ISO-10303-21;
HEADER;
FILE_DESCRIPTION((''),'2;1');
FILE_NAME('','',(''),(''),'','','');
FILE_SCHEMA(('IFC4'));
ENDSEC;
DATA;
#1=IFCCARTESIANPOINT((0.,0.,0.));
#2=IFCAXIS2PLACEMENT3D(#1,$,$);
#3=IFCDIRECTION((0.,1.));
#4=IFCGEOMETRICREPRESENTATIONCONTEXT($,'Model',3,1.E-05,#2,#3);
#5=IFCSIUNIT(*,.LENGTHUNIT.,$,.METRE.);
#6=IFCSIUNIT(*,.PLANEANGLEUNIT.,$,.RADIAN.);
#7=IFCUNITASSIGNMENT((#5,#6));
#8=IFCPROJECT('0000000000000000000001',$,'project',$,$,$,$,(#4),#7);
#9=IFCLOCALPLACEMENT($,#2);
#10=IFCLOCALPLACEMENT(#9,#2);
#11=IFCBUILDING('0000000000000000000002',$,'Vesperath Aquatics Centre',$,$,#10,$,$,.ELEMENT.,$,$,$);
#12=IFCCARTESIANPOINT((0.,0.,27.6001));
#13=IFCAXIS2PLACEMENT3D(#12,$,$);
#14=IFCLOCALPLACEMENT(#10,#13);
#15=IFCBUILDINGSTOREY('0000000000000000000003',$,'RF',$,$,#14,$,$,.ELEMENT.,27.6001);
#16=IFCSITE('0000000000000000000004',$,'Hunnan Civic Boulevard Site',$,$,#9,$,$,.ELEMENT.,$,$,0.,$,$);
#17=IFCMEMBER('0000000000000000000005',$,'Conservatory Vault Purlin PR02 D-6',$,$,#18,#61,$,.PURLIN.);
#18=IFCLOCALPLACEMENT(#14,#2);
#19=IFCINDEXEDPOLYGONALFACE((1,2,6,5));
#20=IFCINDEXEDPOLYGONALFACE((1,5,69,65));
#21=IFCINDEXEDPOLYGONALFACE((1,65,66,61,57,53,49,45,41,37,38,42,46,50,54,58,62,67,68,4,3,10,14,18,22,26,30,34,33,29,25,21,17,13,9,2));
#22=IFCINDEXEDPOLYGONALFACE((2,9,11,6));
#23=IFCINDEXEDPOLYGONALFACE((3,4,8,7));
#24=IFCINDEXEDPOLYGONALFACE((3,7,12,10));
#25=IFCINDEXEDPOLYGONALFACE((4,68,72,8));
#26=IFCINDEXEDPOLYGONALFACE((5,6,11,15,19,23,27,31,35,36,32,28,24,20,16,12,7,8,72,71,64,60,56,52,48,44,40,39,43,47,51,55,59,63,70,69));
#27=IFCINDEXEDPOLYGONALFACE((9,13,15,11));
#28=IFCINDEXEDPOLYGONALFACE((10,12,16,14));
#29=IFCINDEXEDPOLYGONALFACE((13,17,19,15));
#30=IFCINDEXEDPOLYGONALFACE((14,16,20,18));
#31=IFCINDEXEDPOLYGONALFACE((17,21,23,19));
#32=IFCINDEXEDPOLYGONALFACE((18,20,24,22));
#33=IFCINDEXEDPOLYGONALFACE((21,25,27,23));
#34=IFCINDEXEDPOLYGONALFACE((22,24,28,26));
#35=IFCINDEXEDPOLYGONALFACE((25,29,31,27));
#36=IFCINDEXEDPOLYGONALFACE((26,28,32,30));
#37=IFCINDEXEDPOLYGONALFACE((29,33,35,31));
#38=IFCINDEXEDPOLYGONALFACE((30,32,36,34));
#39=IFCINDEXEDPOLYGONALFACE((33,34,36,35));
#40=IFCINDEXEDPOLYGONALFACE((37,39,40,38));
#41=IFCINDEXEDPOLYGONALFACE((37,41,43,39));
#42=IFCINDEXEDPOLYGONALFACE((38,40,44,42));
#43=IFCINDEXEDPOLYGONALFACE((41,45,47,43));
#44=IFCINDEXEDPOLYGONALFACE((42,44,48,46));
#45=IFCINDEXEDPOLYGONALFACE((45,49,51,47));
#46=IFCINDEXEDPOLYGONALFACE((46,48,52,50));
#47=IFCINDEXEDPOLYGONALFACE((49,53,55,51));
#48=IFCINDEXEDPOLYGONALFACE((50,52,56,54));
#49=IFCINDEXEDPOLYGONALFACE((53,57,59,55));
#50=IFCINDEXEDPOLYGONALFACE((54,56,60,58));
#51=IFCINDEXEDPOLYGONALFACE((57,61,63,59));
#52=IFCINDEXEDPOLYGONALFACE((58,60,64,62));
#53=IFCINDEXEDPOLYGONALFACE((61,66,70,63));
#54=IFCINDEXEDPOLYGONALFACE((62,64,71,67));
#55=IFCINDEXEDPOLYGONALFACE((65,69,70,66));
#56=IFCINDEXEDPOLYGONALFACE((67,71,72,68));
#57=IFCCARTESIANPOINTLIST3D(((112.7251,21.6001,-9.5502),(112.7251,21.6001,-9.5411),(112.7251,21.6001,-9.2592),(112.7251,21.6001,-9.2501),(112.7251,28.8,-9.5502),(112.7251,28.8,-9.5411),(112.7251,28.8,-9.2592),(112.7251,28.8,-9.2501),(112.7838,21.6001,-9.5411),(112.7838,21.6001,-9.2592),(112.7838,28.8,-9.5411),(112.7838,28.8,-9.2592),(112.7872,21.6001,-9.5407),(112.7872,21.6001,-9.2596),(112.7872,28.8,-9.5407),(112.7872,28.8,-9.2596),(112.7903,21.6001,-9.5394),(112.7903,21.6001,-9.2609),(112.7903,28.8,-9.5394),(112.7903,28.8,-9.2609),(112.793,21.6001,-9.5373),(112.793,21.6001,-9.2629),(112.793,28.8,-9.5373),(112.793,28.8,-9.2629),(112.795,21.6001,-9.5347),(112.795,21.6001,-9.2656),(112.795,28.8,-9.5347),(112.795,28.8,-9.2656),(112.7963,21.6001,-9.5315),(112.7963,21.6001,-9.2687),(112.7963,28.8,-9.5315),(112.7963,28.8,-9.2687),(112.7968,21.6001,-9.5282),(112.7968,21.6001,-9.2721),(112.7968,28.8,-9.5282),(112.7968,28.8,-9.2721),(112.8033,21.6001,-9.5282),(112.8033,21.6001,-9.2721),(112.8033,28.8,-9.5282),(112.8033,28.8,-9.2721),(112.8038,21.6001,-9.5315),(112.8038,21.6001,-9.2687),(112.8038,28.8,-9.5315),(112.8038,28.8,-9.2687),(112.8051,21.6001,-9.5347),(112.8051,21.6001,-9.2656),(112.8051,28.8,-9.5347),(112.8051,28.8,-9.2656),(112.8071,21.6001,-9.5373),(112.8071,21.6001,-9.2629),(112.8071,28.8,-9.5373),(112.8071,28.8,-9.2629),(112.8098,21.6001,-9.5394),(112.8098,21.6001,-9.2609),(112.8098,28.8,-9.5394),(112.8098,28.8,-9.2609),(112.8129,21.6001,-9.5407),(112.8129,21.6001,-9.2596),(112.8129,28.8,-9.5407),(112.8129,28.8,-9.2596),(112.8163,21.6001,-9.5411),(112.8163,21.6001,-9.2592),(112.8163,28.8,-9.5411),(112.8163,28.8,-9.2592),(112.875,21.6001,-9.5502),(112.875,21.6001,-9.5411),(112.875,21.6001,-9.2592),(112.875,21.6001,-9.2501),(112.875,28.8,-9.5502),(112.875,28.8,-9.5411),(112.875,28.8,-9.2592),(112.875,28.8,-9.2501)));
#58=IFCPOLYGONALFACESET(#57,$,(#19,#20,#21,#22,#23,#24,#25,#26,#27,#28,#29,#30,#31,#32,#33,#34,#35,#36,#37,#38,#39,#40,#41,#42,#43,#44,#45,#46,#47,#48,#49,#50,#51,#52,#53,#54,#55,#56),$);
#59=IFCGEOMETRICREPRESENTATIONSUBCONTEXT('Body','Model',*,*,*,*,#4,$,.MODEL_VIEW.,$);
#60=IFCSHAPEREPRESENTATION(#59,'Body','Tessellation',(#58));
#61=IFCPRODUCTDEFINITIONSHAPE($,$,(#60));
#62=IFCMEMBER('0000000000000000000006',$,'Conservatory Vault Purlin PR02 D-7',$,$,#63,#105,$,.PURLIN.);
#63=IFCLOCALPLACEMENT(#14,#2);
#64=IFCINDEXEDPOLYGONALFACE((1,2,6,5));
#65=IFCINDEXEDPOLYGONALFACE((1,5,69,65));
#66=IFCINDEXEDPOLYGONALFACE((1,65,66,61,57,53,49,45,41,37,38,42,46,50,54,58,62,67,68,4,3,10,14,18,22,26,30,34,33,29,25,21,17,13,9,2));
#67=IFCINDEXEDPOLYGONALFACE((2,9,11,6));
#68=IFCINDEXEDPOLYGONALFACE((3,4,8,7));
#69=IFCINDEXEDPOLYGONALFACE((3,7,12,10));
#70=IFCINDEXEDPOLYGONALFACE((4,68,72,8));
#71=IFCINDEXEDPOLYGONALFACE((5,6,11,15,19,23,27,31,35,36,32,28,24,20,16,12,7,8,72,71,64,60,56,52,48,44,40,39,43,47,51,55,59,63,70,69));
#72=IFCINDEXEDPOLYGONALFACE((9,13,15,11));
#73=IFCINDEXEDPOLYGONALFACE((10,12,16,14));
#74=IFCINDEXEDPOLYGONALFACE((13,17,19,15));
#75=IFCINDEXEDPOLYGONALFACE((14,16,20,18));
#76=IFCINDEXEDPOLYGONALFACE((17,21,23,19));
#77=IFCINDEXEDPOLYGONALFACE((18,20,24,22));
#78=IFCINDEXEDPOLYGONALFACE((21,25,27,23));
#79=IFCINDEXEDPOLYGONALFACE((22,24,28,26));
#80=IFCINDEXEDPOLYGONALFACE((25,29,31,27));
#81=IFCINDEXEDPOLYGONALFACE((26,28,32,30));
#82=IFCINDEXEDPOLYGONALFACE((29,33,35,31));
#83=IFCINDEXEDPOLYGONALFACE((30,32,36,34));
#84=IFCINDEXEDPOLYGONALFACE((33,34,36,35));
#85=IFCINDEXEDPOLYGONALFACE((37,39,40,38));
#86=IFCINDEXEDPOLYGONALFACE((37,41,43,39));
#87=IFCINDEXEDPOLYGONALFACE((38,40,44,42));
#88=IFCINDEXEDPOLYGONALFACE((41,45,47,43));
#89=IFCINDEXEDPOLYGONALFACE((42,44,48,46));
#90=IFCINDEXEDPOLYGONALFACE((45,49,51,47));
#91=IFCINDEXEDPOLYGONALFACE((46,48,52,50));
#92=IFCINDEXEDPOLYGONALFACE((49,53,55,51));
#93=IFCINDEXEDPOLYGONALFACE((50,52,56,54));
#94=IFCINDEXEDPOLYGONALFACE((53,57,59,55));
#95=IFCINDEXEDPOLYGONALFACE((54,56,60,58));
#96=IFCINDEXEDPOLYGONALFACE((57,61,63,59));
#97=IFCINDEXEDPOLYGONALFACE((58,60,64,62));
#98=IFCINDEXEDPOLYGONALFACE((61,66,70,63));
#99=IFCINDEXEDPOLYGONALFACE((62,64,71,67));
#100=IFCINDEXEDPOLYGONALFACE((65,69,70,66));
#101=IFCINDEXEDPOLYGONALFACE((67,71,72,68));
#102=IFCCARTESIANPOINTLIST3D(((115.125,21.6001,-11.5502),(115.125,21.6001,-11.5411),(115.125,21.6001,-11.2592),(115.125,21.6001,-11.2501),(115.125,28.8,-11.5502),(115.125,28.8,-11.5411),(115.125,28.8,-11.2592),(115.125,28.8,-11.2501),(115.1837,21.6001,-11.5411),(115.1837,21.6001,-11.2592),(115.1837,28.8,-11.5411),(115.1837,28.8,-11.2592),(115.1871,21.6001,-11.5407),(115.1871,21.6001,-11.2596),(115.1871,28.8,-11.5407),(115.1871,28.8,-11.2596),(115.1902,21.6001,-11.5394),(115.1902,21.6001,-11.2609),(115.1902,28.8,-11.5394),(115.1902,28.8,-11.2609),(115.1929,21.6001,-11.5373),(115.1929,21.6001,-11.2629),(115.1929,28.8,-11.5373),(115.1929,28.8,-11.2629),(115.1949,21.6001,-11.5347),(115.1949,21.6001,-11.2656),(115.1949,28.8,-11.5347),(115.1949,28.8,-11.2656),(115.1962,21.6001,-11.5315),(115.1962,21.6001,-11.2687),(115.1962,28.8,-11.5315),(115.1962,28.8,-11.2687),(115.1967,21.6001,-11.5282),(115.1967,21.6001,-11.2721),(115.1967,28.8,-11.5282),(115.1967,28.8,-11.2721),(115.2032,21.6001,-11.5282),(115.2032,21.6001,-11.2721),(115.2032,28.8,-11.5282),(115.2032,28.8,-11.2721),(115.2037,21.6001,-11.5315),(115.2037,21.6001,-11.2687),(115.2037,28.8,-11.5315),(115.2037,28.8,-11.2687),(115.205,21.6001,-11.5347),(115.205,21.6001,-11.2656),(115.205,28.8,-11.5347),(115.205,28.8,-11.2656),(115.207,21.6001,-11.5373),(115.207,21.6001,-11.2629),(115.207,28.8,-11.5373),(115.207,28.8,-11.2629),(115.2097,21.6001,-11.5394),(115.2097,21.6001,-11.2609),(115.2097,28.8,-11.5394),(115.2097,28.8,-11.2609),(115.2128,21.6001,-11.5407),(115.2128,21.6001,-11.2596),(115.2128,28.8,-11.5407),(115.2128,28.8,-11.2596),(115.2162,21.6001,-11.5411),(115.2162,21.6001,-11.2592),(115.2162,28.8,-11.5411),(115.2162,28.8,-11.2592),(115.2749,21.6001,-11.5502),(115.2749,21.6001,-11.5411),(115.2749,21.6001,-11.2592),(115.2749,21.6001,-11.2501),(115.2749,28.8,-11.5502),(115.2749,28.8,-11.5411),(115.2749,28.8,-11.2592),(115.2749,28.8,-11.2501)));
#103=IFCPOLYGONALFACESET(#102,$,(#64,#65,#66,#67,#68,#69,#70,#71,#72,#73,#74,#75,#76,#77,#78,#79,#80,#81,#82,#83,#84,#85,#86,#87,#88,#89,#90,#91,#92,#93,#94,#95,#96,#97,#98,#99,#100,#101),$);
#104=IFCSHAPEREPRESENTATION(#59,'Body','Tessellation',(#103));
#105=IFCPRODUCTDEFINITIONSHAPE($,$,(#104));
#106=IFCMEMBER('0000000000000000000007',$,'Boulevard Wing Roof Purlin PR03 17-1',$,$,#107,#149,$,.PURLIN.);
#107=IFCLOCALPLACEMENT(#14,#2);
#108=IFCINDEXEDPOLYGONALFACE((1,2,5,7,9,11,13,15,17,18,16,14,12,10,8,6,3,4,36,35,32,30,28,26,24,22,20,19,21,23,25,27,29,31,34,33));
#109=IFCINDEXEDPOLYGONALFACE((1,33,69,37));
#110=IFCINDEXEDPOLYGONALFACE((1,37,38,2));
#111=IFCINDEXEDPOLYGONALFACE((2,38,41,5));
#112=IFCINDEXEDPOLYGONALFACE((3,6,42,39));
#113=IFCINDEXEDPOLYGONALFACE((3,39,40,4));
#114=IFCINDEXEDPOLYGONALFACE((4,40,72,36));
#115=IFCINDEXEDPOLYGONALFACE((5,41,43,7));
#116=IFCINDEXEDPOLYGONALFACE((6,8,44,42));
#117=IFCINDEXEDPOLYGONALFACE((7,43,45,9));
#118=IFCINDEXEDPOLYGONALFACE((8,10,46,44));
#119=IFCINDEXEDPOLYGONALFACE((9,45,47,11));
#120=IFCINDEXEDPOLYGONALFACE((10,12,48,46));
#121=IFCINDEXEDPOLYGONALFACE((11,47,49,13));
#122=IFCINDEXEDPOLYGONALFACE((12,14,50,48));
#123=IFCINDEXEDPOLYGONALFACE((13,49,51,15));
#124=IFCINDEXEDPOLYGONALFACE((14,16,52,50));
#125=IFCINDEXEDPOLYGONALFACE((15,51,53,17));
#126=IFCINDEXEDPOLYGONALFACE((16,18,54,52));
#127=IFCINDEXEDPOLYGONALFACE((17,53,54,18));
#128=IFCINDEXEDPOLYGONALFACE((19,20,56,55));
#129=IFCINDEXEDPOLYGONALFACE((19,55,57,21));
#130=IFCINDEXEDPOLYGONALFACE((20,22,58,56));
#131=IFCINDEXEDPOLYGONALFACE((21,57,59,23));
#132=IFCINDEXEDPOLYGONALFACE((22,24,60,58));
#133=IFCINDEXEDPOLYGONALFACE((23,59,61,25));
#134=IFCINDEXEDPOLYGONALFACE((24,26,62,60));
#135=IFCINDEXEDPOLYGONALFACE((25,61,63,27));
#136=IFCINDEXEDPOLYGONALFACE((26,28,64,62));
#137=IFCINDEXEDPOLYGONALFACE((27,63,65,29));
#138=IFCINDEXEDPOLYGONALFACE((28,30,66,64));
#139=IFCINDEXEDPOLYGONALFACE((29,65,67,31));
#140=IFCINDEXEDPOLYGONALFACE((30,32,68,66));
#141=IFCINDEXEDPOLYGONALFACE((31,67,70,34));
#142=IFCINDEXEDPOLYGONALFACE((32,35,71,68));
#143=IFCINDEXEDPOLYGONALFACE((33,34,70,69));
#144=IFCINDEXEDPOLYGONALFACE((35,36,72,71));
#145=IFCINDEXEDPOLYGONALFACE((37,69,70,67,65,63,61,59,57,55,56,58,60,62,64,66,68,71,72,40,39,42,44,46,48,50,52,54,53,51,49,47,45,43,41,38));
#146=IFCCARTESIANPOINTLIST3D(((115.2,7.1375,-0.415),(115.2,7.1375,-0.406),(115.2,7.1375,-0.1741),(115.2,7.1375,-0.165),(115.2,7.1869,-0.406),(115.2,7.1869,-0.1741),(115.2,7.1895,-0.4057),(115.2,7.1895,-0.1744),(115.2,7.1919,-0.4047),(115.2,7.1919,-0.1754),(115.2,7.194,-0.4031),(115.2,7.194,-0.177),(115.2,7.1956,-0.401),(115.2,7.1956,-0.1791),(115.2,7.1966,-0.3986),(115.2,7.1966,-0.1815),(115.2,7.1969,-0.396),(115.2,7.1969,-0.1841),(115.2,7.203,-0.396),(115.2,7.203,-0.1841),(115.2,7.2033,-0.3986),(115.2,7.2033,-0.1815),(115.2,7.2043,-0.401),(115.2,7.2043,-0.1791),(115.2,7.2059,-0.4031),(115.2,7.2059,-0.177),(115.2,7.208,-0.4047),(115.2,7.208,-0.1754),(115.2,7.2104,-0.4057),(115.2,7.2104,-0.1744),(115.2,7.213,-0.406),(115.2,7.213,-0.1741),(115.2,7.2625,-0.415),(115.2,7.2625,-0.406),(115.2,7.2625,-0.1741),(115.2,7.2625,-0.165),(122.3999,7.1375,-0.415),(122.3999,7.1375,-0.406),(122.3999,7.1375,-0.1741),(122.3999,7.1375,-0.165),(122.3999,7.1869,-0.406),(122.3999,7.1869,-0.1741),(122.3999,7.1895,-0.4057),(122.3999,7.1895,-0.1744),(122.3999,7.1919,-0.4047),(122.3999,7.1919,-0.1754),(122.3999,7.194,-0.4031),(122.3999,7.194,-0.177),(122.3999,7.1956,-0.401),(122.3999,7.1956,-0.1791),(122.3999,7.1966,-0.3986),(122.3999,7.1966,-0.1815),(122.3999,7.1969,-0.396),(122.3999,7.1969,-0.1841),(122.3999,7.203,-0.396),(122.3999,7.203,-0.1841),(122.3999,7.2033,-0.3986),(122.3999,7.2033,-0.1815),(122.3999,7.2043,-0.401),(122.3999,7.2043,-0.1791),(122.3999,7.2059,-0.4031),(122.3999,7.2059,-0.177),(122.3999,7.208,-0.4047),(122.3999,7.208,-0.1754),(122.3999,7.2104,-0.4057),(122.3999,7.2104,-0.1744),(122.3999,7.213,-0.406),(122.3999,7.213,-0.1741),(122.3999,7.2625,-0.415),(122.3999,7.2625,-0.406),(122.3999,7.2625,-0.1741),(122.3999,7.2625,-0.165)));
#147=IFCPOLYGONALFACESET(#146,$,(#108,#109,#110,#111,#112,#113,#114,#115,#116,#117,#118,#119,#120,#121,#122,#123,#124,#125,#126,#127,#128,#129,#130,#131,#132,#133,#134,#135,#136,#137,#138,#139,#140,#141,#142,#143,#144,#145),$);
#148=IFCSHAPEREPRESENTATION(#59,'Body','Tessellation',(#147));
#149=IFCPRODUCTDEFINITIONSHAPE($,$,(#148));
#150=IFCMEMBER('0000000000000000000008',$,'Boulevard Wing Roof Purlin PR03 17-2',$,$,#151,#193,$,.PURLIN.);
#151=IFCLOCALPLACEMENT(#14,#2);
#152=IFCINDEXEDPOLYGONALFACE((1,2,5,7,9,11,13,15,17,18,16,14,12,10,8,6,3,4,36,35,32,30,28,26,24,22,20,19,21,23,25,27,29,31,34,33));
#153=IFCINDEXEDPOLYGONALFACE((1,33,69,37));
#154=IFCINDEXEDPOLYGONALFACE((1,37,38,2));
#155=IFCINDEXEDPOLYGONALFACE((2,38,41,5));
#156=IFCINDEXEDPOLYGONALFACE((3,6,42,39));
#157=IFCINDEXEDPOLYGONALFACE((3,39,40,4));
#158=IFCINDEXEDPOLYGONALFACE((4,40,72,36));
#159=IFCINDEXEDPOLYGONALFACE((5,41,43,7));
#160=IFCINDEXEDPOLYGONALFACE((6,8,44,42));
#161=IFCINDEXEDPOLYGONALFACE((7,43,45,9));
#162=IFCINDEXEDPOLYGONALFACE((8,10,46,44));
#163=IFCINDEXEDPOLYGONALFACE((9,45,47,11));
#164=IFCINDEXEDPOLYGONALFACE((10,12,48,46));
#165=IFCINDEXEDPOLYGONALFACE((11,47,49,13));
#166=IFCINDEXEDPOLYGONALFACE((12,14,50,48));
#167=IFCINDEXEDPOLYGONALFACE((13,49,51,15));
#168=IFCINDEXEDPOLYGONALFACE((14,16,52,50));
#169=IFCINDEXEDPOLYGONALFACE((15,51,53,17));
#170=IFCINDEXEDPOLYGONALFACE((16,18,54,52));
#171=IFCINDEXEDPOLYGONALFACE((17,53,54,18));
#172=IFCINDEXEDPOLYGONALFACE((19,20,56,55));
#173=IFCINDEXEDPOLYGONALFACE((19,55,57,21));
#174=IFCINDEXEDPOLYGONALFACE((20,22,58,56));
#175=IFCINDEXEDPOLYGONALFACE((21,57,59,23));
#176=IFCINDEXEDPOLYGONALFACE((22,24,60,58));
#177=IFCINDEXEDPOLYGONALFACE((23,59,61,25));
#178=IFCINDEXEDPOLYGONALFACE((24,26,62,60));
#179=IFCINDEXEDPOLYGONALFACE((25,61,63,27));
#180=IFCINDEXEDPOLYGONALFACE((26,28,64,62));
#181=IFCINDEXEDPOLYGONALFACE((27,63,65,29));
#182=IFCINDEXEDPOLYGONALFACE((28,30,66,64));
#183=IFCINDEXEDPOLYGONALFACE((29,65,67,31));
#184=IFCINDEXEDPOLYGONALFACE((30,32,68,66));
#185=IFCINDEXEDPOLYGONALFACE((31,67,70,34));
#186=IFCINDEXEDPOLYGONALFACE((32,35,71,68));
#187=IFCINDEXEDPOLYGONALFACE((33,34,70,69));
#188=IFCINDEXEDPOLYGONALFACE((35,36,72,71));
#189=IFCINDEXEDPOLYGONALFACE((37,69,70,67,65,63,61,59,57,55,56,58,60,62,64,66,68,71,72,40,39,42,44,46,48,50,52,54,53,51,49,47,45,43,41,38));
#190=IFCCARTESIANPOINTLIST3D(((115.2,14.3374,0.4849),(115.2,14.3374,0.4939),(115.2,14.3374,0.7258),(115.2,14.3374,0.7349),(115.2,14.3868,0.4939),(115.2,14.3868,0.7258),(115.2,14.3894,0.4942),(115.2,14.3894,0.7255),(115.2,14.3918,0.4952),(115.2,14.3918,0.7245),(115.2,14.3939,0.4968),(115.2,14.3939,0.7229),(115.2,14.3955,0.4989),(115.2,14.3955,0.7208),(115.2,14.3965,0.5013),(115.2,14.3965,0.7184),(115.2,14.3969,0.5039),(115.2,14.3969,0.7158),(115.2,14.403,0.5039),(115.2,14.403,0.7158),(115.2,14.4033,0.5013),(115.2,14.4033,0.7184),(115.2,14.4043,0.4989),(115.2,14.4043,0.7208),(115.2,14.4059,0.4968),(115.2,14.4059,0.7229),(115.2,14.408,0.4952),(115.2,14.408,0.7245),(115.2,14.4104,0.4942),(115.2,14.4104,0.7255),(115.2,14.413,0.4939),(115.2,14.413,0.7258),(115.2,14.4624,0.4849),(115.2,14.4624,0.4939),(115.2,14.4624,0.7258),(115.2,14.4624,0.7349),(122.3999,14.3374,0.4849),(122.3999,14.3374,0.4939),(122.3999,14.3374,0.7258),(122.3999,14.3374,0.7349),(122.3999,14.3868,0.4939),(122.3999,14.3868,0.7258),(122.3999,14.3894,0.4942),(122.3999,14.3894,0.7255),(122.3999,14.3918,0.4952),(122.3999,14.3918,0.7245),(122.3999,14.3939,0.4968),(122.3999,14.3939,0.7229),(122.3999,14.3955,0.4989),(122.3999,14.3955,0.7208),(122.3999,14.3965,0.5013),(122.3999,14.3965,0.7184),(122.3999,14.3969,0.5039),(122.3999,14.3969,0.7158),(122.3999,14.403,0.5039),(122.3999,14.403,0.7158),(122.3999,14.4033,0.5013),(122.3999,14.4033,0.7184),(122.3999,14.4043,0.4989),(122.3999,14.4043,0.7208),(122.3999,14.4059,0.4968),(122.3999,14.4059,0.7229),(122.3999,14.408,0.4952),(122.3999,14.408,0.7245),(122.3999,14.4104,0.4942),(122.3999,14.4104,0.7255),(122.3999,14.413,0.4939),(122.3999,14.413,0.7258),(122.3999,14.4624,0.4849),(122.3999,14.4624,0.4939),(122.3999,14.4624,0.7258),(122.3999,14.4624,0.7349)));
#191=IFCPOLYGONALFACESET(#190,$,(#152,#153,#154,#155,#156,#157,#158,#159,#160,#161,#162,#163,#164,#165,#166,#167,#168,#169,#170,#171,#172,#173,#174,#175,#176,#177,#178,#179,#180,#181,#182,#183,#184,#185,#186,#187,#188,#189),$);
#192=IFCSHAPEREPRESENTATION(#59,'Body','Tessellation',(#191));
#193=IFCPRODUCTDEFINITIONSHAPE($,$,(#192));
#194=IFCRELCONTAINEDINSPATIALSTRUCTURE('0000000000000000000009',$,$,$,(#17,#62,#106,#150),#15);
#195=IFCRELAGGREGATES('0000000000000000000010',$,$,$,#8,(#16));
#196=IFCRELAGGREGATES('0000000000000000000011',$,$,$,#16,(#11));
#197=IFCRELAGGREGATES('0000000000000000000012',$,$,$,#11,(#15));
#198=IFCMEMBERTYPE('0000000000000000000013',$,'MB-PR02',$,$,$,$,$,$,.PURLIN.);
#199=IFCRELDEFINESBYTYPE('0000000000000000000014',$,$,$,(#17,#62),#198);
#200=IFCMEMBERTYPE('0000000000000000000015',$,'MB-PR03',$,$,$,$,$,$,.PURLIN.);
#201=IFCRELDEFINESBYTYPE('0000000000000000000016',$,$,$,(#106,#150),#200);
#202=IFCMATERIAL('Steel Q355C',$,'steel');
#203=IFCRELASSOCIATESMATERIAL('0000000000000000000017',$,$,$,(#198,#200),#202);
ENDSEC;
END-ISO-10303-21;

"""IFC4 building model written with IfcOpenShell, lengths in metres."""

from ifc_helpers import new_model, si_unit, direction, frame, origin, origin_2d, place, context, subcontext, project, spatial, i_section, extrude, material, material_profile, profile_set, type_object, element, save


model = new_model("IFC4")

# Units and contexts
model_context = context("Model", 3, precision=1e-05, world=origin(), true_north=direction((0.0, 1.0)))
body_context = subcontext(model_context, "Body", "Model", "MODEL_VIEW")
ifc_project = project(units=[si_unit("LENGTHUNIT", "METRE"), si_unit("PLANEANGLEUNIT", "RADIAN")], contexts=[model_context])

# Site, building, storey
site_placement = place(None, origin())
site = spatial("IfcSite", under=ifc_project, at=site_placement, Name="Hunnan Civic Boulevard Site", CompositionType="ELEMENT", RefElevation=0.0)
building_placement = place(site_placement, origin())
building = spatial("IfcBuilding", under=site, at=building_placement, Name="Vesperath Aquatics Centre", CompositionType="ELEMENT")
storey_placement = place(building_placement, frame((0.0, 0.0, 27.6001)))
storey = spatial("IfcBuildingStorey", under=building, at=storey_placement, Name="RF", CompositionType="ELEMENT", Elevation=27.6001)

# Shared definitions
ifc_material_1 = material(Name="Steel Q355C", Category="steel")

# Members
ifc_material_profile_1 = material_profile(ifc_material_1, i_section(OverallWidth=0.1499, OverallDepth=0.3, WebThickness=0.0066, FlangeThickness=0.009, FilletRadius=0.0129, at=origin_2d()), Name="HN 300x150x6.5x9")
ifc_profile_set_1 = profile_set([ifc_material_profile_1], Name="Steel Q355C")
member_type_1 = type_object("IfcMemberType", Name="MB-PR02", PredefinedType="PURLIN", material=ifc_profile_set_1)
for number, where, z_axis, x_axis, name in (
    (1, (112.8, 21.6001, -9.4001), (0.0, 1.0, 0.0), (-1.0, 0.0, 0.0), "Conservatory Vault Purlin PR02 D-6"),
    (2, (115.2, 21.6001, -11.4001), (0.0, 1.0, 0.0), (-1.0, 0.0, 0.0), "Conservatory Vault Purlin PR02 D-7"),
):
    element("IfcMember", number, at=place(storey_placement, frame(where, z_axis=z_axis, x_axis=x_axis)), inside=storey, type_object=member_type_1, Name=name, PredefinedType="PURLIN", context=body_context, shape_type="SweptSolid", body=[
        extrude(i_section(OverallWidth=0.1499, OverallDepth=0.3, WebThickness=0.0066, FlangeThickness=0.009, FilletRadius=0.0129, at=origin_2d()), origin(), (0.0, 0.0, 1.0), 7.2),
    ])
ifc_material_profile_2 = material_profile(ifc_material_1, i_section(OverallWidth=0.125, OverallDepth=0.25, WebThickness=0.0061, FlangeThickness=0.009, FilletRadius=0.01, at=origin_2d()), Name="HN 250x125x6x9")
ifc_profile_set_2 = profile_set([ifc_material_profile_2], Name="Steel Q355C")
member_type_2 = type_object("IfcMemberType", Name="MB-PR03", PredefinedType="PURLIN", material=ifc_profile_set_2)
for number, where, z_axis, x_axis, name in (
    (3, (115.2, 7.2, -0.29), (1.0, 0.0, 0.0), (0.0, 1.0, 0.0), "Boulevard Wing Roof Purlin PR03 17-1"),
    (4, (115.2, 14.3999, 0.6099), (1.0, 0.0, 0.0), (0.0, 1.0, 0.0), "Boulevard Wing Roof Purlin PR03 17-2"),
):
    element("IfcMember", number, at=place(storey_placement, frame(where, z_axis=z_axis, x_axis=x_axis)), inside=storey, type_object=member_type_2, Name=name, PredefinedType="PURLIN", context=body_context, shape_type="SweptSolid", body=[
        extrude(i_section(OverallWidth=0.125, OverallDepth=0.25, WebThickness=0.0061, FlangeThickness=0.009, FilletRadius=0.01, at=origin_2d()), origin(), (0.0, 0.0, 1.0), 7.2),
    ])

save(model, "model.ifc")
